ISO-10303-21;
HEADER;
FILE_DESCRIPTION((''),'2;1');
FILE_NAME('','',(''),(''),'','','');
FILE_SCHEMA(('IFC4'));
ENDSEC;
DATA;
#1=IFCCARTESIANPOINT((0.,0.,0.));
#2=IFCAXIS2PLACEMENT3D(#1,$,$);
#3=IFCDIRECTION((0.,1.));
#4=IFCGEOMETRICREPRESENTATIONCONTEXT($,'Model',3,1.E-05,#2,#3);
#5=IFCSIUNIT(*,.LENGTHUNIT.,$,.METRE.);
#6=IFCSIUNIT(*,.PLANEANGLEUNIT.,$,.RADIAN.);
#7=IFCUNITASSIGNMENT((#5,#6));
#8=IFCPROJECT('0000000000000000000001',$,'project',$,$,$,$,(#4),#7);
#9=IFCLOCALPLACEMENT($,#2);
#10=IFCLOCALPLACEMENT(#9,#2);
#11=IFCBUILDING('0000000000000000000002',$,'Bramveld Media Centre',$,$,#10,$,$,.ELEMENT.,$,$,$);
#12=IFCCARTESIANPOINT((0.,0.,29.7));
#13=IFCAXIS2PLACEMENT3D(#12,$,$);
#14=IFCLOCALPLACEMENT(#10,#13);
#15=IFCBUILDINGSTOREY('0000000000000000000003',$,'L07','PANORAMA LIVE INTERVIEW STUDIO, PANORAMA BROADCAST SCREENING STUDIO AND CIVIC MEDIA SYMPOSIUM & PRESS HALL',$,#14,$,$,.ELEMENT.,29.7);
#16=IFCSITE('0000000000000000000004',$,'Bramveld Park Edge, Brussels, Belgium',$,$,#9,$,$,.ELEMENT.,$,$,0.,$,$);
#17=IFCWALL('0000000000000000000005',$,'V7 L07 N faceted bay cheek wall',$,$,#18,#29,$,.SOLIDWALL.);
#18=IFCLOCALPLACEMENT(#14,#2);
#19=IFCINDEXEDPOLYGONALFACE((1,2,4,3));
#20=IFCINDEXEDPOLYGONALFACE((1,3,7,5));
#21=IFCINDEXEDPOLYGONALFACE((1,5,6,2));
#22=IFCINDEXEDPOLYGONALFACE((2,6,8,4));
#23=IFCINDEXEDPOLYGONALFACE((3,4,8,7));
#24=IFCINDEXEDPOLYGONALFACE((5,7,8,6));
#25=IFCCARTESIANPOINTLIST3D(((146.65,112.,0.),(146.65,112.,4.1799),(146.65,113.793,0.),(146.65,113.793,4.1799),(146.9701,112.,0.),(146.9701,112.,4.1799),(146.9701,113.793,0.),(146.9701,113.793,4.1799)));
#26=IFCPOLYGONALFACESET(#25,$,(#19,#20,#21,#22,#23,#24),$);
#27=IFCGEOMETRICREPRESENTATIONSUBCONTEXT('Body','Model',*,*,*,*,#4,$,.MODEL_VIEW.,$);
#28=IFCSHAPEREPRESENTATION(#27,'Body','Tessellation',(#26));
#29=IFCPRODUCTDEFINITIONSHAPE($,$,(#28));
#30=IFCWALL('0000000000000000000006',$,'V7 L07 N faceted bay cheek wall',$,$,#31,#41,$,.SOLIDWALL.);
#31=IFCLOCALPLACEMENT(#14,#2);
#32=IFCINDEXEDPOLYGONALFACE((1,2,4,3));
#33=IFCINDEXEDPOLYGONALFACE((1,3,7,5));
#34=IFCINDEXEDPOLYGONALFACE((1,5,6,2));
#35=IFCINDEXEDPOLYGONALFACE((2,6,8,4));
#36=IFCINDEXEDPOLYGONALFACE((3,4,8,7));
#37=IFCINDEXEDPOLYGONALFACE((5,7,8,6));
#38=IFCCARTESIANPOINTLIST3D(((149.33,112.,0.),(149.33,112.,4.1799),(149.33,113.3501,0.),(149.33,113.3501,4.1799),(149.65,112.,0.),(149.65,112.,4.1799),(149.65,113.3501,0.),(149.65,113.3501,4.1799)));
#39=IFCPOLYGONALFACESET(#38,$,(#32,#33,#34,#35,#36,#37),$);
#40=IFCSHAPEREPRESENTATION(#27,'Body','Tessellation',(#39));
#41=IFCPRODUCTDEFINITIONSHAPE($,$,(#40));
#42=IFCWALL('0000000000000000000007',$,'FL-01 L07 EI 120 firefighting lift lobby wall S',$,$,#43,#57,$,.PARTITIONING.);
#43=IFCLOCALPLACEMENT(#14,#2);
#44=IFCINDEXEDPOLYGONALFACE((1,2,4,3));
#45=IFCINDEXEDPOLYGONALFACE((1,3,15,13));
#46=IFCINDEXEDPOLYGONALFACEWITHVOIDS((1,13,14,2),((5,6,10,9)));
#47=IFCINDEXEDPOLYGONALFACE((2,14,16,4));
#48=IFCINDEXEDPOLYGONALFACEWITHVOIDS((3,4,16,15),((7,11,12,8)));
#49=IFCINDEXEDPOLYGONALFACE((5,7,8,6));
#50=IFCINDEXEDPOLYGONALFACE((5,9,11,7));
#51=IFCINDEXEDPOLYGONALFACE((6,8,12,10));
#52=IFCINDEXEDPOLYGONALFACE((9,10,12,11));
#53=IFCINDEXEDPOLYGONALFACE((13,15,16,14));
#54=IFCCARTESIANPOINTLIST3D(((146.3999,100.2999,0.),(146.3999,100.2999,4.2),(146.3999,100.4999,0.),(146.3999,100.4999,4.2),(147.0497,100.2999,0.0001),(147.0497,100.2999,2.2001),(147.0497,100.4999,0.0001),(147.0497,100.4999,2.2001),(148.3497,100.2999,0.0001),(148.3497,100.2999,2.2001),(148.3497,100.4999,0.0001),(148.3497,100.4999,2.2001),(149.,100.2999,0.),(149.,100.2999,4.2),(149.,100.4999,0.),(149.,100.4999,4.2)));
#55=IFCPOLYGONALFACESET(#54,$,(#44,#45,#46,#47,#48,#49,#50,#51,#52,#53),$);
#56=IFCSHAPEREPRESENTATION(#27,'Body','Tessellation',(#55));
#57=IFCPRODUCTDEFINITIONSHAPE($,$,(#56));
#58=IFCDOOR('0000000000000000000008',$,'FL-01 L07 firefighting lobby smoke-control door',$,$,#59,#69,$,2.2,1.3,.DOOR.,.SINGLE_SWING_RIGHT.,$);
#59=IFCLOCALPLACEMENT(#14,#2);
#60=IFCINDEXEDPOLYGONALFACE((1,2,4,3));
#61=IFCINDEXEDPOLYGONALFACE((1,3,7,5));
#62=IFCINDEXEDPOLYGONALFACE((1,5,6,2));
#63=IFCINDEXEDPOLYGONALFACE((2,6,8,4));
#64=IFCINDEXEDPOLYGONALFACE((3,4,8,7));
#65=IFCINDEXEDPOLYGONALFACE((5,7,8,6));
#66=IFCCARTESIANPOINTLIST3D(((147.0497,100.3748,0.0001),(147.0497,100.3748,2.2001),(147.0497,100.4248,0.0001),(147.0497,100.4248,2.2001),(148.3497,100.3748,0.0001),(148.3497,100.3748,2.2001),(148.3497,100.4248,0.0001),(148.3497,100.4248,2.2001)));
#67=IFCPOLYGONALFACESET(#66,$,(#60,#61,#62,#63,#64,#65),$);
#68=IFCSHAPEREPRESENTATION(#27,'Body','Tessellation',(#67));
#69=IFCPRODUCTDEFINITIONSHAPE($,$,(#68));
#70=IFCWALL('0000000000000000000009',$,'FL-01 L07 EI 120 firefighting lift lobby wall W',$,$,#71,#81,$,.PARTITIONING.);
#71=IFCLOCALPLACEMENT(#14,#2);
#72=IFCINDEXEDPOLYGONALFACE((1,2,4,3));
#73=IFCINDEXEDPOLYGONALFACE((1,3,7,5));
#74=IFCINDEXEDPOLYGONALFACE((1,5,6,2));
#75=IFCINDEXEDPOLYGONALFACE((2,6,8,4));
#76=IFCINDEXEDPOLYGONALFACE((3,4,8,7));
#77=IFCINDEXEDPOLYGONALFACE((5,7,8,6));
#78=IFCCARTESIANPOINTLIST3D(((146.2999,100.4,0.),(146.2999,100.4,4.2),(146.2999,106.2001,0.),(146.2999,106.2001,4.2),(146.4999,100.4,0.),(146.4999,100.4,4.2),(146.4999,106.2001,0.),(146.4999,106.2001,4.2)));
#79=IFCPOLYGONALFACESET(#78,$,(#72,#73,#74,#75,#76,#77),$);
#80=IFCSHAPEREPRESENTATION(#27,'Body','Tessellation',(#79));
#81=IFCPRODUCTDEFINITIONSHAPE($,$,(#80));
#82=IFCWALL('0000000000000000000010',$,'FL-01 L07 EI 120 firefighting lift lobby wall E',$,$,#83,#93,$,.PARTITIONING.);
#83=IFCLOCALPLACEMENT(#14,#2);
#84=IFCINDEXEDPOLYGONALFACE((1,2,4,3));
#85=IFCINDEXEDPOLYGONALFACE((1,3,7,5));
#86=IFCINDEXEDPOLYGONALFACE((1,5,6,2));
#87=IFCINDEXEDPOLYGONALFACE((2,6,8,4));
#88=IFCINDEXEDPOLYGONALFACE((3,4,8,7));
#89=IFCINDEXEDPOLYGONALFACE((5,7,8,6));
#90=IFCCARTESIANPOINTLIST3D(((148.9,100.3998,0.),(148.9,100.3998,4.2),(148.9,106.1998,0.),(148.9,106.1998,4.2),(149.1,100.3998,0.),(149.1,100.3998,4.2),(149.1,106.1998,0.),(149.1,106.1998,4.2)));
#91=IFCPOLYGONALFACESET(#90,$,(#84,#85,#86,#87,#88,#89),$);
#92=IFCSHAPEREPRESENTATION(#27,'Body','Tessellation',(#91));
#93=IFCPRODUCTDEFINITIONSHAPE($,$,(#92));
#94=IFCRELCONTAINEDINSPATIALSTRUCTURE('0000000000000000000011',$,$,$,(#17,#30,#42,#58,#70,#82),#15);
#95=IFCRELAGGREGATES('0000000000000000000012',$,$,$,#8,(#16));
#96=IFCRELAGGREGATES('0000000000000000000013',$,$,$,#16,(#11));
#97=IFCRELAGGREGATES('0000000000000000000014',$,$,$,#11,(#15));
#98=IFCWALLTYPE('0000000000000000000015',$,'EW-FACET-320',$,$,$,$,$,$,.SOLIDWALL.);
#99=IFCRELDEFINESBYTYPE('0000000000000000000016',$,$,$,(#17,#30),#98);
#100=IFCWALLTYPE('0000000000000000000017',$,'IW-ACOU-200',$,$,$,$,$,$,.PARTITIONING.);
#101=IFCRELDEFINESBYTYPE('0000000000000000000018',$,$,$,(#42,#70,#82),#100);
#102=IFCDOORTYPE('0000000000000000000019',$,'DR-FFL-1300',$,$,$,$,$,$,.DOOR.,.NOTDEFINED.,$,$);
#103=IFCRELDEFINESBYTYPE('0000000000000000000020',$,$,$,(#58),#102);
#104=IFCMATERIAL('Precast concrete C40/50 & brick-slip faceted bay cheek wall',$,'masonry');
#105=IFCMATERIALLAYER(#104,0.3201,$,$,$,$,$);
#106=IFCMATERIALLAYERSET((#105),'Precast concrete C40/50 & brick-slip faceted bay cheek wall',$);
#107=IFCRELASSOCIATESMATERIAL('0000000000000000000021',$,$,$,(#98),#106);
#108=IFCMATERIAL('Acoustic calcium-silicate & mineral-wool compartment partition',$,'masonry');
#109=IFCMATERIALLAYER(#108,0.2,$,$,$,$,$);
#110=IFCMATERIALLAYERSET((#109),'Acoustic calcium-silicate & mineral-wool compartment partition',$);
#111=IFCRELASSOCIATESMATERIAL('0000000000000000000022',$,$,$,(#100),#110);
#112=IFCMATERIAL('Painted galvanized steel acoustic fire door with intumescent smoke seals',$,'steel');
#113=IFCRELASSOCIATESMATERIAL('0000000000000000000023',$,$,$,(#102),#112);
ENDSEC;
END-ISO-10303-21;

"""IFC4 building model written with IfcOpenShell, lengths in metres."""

from ifc_helpers import new_model, si_unit, direction, frame, frame_2d, origin, place, context, subcontext, project, spatial, rectangle, extrude, material, layer, layer_set, type_object, element, fill, save


model = new_model("IFC4")

# Units and contexts
model_context = context("Model", 3, precision=1e-05, world=origin(), true_north=direction((0.0, 1.0)))
body_context = subcontext(model_context, "Body", "Model", "MODEL_VIEW")
ifc_project = project(units=[si_unit("LENGTHUNIT", "METRE"), si_unit("PLANEANGLEUNIT", "RADIAN")], contexts=[model_context])

# Site, building, storey
site_placement = place(None, origin())
site = spatial("IfcSite", under=ifc_project, at=site_placement, Name="Bramveld Park Edge, Brussels, Belgium", CompositionType="ELEMENT", RefElevation=0.0)
building_placement = place(site_placement, origin())
building = spatial("IfcBuilding", under=site, at=building_placement, Name="Bramveld Media Centre", CompositionType="ELEMENT")
storey_placement = place(building_placement, frame((0.0, 0.0, 29.7)))
storey = spatial("IfcBuildingStorey", under=building, at=storey_placement, Name="L07", Description="PANORAMA LIVE INTERVIEW STUDIO, PANORAMA BROADCAST SCREENING STUDIO AND CIVIC MEDIA SYMPOSIUM & PRESS HALL", CompositionType="ELEMENT", Elevation=29.7)

# Shared definitions
ifc_material_1 = material(Name="Precast concrete C40/50 & brick-slip faceted bay cheek wall", Category="masonry")
ifc_layer_1 = layer(ifc_material_1, 0.3201)
ifc_layer_set_1 = layer_set([ifc_layer_1], Name="Precast concrete C40/50 & brick-slip faceted bay cheek wall")
wall_type_1 = type_object("IfcWallType", Name="EW-FACET-320", PredefinedType="SOLIDWALL", material=ifc_layer_set_1)

# Walls
wall_1_placement = place(storey_placement, frame((146.8101, 112.0, 0.0), z_axis=(0.0, 0.0, 1.0), x_axis=(0.0, 1.0, 0.0)))
element("IfcWall", 1, at=wall_1_placement, inside=storey, type_object=wall_type_1, Name="V7 L07 N faceted bay cheek wall", PredefinedType="SOLIDWALL", context=body_context, shape_type="SweptSolid", body=[
    extrude(rectangle(XDim=1.793, YDim=0.3201, at=frame_2d((0.8965, 0.0))), origin(), (0.0, 0.0, 1.0), 4.1799),
])
wall_2_placement = place(storey_placement, frame((149.49, 112.0, 0.0), z_axis=(0.0, 0.0, 1.0), x_axis=(0.0, 1.0, 0.0)))
element("IfcWall", 2, at=wall_2_placement, inside=storey, type_object=wall_type_1, Name="V7 L07 N faceted bay cheek wall", PredefinedType="SOLIDWALL", context=body_context, shape_type="SweptSolid", body=[
    extrude(rectangle(XDim=1.3501, YDim=0.3201, at=frame_2d((0.675, 0.0))), origin(), (0.0, 0.0, 1.0), 4.1799),
])

# Wall, opening, door
ifc_material_2 = material(Name="Acoustic calcium-silicate & mineral-wool compartment partition", Category="masonry")
ifc_layer_2 = layer(ifc_material_2, 0.2)
ifc_layer_set_2 = layer_set([ifc_layer_2], Name="Acoustic calcium-silicate & mineral-wool compartment partition")
wall_type_2 = type_object("IfcWallType", Name="IW-ACOU-200", PredefinedType="PARTITIONING", material=ifc_layer_set_2)
wall_3_placement = place(storey_placement, frame((146.3999, 100.3999, 0.0), z_axis=(0.0, 0.0, 1.0), x_axis=(1.0, 0.0, 0.0)))
wall_3 = element("IfcWall", 3, at=wall_3_placement, inside=storey, type_object=wall_type_2, Name="FL-01 L07 EI 120 firefighting lift lobby wall S", PredefinedType="PARTITIONING", context=body_context, shape_type="SweptSolid", body=[
    extrude(rectangle(XDim=2.6001, YDim=0.2, at=frame_2d((1.3, 0.0))), origin(), (0.0, 0.0, 1.0), 4.2),
])
opening_1_placement = place(wall_3_placement, frame((0.6499, 0.0, 0.0)))
opening_1 = element("IfcOpeningElement", 4, at=opening_1_placement, cuts=wall_3, PredefinedType="OPENING", context=body_context, shape_type="SweptSolid", body=[
    extrude(rectangle(XDim=1.3, YDim=2.2, at=frame_2d((0.6499, 1.1001))), frame((0.0, 0.1118, 0.0), z_axis=(0.0, -1.0, 0.0), x_axis=(1.0, 0.0, 0.0)), (0.0, 0.0, 1.0), 0.2239),
])
ifc_material_3 = material(Name="Painted galvanized steel acoustic fire door with intumescent smoke seals", Category="steel")
door_type_1 = type_object("IfcDoorType", Name="DR-FFL-1300", OperationType="NOTDEFINED", PredefinedType="DOOR", material=ifc_material_3)
door_1_placement = place(opening_1_placement, origin())
door_1 = element("IfcDoor", 5, at=door_1_placement, inside=storey, type_object=door_type_1, Name="FL-01 L07 firefighting lobby smoke-control door", OperationType="SINGLE_SWING_RIGHT", OverallHeight=2.2, OverallWidth=1.3, PredefinedType="DOOR", context=body_context, shape_type="SweptSolid", body=[
    extrude(rectangle(XDim=1.3, YDim=2.2, at=frame_2d((0.6499, 1.1001))), frame((0.0, 0.0249, 0.0), z_axis=(0.0, -1.0, 0.0), x_axis=(1.0, 0.0, 0.0)), (0.0, 0.0, 1.0), 0.05),
])
fill(opening_1, door_1)

# Walls
for number, where, z_axis, x_axis, name in (
    (6, (146.3999, 106.2, 0.0), (0.0, 0.0, 1.0), (0.0, -1.0, 0.0), "FL-01 L07 EI 120 firefighting lift lobby wall W"),
    (7, (149.0, 100.3999, 0.0), (0.0, 0.0, 1.0), (0.0, 1.0, 0.0), "FL-01 L07 EI 120 firefighting lift lobby wall E"),
):
    element("IfcWall", number, at=place(storey_placement, frame(where, z_axis=z_axis, x_axis=x_axis)), inside=storey, type_object=wall_type_2, Name=name, PredefinedType="PARTITIONING", context=body_context, shape_type="SweptSolid", body=[
        extrude(rectangle(XDim=5.8, YDim=0.2, at=frame_2d((2.8999, 0.0))), origin(), (0.0, 0.0, 1.0), 4.2),
    ])

save(model, "model.ifc")
